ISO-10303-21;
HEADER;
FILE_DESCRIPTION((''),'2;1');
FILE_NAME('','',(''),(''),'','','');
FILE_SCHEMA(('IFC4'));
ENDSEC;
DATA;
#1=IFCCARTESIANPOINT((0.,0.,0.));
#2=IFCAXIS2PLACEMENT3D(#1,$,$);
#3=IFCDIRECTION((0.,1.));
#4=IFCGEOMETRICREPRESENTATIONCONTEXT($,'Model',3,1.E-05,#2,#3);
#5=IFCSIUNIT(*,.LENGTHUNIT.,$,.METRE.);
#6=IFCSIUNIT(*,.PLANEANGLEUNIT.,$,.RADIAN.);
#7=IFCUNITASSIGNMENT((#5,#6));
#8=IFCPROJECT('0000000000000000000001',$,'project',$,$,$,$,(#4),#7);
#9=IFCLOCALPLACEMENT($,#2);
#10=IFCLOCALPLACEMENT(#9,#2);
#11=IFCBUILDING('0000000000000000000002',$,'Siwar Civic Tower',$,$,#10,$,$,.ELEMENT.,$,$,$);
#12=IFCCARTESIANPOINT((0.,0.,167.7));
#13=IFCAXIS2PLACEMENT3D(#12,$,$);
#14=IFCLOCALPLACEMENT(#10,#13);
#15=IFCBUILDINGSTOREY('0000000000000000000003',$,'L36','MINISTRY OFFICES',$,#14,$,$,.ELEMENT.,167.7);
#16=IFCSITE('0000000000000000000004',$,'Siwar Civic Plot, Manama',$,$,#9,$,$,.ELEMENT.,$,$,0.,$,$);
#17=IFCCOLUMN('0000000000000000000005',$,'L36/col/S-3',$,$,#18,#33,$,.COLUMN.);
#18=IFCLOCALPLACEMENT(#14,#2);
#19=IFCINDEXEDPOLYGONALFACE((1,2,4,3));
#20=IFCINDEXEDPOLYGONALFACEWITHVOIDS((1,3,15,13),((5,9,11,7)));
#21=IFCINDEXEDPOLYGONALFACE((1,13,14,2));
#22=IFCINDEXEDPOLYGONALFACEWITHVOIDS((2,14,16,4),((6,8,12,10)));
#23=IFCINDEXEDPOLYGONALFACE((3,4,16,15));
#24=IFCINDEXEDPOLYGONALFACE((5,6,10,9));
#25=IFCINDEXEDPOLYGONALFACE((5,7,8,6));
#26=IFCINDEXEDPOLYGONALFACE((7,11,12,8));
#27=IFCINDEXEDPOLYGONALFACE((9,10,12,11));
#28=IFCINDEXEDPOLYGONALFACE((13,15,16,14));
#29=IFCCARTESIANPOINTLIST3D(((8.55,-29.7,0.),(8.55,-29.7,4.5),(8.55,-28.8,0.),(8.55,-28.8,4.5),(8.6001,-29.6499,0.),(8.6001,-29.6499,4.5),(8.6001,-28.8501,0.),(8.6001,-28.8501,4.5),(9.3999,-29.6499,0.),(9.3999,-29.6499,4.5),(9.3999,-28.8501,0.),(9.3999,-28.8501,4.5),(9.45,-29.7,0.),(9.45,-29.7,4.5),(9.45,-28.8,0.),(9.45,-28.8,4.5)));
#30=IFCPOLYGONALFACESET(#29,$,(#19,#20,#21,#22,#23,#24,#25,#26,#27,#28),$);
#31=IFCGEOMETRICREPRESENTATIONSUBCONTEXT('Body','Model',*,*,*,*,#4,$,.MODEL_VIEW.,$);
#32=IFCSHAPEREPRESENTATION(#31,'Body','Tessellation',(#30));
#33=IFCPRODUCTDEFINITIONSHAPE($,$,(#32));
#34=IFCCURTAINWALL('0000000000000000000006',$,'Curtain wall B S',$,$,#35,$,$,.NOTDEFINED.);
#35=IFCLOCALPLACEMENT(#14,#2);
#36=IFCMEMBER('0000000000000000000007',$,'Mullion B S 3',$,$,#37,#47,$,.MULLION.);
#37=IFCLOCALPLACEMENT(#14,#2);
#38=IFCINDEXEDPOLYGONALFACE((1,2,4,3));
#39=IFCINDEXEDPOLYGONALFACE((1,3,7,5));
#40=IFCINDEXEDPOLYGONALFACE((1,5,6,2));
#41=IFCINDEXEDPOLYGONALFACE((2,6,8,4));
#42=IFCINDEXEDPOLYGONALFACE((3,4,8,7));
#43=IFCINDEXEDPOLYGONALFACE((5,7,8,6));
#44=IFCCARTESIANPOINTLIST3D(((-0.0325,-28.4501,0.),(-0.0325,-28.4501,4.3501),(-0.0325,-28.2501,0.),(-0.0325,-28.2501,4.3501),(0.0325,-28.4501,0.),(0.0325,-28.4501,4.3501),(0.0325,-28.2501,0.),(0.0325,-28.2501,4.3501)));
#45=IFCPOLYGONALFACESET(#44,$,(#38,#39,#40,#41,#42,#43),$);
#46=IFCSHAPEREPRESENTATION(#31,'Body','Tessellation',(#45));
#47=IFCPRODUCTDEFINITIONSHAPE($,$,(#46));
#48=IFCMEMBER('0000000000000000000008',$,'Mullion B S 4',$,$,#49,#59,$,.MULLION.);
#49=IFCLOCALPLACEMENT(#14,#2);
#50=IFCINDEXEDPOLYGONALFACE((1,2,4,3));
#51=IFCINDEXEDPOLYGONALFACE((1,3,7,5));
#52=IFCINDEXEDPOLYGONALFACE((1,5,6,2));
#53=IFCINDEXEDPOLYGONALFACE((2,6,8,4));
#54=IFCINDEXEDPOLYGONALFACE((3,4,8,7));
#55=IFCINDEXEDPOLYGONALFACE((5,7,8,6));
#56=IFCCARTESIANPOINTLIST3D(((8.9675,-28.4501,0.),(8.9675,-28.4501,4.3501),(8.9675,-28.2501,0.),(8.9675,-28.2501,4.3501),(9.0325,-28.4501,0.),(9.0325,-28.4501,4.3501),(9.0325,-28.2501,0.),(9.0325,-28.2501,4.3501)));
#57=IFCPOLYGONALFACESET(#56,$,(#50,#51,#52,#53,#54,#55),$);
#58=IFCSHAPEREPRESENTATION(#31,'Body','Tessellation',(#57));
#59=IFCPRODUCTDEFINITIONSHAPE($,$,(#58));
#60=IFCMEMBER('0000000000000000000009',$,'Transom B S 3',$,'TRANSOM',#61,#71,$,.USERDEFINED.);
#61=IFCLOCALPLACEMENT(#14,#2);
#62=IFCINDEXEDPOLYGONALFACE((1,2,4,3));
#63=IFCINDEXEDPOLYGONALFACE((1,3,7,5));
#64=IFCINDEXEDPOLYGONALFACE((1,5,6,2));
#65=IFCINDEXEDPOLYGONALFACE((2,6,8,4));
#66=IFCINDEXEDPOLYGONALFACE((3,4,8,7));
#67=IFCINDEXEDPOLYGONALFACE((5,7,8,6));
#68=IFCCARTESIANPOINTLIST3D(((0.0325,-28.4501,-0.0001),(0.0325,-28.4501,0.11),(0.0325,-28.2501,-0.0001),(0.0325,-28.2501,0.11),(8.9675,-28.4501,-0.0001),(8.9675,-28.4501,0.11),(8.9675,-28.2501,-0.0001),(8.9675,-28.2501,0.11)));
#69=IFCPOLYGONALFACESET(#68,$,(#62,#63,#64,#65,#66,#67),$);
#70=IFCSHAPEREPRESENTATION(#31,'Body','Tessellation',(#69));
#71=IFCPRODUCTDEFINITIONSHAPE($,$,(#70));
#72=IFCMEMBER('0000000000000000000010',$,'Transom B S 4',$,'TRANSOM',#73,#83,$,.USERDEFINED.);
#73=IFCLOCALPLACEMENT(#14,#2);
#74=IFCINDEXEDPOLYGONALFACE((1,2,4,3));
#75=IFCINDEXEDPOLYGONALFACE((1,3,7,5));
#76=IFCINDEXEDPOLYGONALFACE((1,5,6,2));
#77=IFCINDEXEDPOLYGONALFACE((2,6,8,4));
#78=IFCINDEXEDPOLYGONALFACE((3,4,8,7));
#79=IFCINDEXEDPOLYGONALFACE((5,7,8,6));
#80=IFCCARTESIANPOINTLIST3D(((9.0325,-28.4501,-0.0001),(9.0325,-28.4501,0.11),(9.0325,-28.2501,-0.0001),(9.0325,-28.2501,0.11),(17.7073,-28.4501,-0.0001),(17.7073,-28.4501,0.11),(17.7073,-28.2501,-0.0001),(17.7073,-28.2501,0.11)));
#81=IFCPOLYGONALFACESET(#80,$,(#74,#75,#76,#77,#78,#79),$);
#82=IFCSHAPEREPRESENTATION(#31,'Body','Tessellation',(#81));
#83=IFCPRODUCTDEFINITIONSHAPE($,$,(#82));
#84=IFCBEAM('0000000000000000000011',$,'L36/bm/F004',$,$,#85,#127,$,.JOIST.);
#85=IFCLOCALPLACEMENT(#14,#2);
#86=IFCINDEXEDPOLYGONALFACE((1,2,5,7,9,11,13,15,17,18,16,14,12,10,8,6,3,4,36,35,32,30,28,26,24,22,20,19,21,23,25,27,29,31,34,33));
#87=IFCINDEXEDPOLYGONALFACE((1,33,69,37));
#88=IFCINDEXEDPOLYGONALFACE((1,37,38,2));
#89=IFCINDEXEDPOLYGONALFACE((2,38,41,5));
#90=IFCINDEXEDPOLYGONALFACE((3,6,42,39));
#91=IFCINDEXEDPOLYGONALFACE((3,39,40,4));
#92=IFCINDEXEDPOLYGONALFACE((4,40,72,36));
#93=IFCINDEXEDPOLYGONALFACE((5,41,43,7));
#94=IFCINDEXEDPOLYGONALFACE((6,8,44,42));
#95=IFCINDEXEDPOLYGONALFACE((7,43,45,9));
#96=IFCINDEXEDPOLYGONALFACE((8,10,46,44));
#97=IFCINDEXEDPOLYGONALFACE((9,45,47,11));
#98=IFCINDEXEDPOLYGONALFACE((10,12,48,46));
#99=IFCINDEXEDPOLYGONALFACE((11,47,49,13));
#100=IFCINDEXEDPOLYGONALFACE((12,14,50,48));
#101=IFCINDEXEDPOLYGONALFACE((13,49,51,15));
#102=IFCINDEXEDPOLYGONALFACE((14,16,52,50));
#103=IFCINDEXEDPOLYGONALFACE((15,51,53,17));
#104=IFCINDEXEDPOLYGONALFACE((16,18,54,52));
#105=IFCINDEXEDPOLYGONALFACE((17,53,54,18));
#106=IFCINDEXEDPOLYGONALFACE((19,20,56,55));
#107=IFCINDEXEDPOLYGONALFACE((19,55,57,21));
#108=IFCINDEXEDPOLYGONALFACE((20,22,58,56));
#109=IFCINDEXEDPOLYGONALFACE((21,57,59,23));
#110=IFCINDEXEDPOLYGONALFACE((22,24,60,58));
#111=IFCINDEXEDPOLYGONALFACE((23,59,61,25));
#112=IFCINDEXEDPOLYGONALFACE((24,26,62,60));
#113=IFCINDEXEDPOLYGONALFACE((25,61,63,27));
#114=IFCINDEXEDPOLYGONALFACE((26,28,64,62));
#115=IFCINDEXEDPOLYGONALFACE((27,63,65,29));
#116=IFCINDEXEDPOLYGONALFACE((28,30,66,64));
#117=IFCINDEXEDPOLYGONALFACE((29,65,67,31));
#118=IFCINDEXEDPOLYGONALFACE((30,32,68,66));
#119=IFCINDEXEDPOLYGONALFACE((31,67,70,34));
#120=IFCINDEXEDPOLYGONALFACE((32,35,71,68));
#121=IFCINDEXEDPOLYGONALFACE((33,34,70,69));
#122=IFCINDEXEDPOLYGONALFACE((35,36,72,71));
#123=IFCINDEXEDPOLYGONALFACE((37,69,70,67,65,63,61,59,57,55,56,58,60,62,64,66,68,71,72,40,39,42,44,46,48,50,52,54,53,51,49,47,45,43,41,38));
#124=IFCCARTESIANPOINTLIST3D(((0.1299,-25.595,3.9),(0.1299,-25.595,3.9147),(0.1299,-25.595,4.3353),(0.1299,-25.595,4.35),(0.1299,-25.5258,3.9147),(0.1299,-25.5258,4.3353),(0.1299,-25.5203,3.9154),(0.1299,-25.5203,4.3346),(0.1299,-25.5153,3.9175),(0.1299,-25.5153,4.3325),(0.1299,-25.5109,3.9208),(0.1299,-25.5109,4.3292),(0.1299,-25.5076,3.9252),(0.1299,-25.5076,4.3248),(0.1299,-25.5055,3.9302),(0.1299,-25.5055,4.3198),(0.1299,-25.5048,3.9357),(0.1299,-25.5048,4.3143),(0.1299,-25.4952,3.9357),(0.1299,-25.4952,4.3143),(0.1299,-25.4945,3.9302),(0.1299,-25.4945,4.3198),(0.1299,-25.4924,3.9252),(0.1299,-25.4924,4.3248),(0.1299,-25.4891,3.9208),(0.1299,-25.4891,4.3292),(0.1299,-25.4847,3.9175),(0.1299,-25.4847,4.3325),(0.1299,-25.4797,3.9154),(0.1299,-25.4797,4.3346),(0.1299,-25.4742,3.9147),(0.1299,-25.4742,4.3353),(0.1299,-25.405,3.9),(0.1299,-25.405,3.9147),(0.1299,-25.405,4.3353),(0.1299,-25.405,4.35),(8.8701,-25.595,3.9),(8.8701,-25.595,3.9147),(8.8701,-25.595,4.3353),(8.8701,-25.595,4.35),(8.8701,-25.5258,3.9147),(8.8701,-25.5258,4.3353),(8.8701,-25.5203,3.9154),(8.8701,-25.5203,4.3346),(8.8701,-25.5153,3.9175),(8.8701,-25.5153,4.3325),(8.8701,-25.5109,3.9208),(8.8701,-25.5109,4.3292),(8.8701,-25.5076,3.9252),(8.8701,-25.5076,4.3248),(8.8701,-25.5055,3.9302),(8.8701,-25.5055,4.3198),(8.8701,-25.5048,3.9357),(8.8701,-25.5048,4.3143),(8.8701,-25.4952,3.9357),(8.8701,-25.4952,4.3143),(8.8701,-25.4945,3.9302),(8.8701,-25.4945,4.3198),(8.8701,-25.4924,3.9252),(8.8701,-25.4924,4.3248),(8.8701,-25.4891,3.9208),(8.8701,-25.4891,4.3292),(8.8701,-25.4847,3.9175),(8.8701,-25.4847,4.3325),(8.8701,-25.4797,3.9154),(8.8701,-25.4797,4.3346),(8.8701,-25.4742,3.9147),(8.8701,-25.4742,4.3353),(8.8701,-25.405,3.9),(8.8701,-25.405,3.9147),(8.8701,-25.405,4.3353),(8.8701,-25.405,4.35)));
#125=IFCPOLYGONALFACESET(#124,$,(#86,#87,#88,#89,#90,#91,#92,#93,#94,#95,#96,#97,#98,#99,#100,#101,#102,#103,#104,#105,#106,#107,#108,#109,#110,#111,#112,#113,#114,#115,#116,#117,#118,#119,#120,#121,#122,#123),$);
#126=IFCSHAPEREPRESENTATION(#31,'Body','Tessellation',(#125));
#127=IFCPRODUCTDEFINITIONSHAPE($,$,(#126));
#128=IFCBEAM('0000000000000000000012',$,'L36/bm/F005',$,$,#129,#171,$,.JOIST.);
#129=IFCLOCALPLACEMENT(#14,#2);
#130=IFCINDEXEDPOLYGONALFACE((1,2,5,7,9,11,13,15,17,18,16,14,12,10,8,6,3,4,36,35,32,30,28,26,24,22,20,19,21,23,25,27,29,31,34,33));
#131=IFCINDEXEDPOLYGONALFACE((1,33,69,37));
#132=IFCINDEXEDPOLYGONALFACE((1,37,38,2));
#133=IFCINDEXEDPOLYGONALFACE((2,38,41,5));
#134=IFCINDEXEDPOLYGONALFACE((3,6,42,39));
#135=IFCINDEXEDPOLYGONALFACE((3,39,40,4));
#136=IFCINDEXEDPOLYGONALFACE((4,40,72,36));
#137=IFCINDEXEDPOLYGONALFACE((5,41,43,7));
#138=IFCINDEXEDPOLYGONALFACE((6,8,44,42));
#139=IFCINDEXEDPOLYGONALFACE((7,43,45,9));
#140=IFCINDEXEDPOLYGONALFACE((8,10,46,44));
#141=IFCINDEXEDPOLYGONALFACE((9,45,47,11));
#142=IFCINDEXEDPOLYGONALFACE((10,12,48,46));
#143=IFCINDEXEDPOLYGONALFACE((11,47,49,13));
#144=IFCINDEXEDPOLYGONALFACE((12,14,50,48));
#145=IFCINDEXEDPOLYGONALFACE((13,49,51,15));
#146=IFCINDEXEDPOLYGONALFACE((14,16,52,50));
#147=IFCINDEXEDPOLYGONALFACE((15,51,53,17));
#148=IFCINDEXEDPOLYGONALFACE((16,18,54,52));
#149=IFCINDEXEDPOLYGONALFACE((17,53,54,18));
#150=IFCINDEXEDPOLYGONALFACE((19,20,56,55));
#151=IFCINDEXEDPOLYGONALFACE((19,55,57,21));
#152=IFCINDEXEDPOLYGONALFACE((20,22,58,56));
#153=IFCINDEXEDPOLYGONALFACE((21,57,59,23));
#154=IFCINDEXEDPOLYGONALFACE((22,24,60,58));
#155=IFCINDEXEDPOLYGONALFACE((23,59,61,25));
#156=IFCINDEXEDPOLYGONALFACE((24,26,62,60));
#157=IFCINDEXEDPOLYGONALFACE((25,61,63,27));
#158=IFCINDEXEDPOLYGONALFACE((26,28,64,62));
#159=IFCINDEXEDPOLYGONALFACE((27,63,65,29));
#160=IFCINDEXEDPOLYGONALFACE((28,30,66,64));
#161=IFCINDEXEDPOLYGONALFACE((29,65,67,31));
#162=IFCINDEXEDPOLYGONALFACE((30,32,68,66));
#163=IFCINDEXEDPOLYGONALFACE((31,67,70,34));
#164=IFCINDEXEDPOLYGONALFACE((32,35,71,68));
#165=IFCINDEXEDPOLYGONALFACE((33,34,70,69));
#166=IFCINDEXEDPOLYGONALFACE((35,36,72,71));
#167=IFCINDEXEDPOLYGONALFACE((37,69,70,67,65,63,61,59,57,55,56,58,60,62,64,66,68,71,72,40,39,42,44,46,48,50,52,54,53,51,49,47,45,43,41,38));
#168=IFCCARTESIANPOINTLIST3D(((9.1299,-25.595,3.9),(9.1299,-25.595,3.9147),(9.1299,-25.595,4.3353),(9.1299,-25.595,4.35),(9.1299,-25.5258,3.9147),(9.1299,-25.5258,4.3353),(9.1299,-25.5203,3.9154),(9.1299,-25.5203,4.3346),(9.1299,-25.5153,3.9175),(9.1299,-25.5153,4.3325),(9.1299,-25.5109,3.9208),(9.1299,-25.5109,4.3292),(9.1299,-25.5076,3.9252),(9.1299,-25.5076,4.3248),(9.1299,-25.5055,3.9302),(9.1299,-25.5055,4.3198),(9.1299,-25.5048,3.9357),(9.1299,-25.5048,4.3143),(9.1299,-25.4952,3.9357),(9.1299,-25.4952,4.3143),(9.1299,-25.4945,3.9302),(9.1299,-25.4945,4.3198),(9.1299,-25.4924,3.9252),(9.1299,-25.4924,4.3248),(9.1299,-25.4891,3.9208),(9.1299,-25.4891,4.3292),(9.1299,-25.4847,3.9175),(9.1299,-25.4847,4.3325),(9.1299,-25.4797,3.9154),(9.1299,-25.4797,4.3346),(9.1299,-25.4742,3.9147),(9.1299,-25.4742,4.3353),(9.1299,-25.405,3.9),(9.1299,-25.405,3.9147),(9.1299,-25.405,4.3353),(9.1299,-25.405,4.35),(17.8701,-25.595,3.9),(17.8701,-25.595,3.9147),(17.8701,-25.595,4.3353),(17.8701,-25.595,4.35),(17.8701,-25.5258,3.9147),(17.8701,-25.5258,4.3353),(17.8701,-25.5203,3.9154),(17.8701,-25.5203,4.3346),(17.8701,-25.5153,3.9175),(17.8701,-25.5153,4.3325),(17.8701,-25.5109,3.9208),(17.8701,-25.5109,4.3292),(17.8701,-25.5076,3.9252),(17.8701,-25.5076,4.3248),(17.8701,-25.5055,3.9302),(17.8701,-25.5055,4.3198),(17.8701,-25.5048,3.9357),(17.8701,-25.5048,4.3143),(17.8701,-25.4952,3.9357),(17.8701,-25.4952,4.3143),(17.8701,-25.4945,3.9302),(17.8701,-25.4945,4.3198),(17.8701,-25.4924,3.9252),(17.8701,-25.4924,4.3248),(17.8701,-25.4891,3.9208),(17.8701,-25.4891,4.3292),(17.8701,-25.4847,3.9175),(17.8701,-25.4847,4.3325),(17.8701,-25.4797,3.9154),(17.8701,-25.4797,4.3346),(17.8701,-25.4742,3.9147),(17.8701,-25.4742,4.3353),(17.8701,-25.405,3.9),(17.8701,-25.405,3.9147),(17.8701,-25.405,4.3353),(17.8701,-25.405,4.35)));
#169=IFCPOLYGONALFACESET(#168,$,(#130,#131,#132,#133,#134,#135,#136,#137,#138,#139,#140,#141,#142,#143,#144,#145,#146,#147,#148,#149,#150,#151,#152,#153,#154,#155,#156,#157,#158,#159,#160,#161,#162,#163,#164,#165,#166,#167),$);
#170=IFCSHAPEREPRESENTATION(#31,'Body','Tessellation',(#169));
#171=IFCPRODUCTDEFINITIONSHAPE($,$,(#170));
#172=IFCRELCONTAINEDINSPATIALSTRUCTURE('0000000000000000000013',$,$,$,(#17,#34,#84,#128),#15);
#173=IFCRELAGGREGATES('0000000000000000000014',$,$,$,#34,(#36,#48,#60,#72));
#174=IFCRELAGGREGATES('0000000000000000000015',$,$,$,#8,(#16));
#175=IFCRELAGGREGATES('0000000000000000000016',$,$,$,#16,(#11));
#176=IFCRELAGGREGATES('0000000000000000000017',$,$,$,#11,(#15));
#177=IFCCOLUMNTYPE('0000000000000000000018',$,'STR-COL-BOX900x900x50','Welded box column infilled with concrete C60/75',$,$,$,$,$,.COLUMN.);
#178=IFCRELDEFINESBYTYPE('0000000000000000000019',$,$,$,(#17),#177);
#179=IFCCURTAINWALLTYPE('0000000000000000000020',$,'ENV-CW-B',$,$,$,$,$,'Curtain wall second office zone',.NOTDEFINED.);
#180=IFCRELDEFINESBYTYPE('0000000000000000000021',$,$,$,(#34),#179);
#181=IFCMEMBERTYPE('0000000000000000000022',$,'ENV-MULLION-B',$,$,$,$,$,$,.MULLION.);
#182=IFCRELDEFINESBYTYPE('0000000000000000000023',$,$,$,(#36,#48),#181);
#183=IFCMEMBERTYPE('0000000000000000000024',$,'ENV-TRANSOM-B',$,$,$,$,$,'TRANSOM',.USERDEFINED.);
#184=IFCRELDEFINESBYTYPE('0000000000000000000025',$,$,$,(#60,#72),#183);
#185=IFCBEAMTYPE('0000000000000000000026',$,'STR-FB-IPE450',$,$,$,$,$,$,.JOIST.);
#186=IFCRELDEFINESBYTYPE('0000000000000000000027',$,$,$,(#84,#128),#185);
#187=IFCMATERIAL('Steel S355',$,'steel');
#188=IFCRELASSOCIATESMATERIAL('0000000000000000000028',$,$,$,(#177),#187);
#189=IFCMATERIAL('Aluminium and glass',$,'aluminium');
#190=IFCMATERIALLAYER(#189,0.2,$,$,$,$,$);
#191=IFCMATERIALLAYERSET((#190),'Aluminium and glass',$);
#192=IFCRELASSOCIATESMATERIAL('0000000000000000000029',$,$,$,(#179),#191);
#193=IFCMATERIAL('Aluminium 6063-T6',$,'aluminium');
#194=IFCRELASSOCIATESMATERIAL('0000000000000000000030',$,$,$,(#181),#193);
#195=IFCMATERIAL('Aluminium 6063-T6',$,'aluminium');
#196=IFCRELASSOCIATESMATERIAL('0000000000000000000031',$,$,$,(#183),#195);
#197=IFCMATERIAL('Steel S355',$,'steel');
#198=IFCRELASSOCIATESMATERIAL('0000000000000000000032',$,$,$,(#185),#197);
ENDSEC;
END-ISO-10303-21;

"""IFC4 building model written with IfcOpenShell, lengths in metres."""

from ifc_helpers import new_model, si_unit, direction, frame, origin, origin_2d, place, context, subcontext, project, spatial, rectangle, hollow_rectangle, i_section, extrude, material, layer, layer_set, material_profile, profile_set, type_object, element, aggregate, save


model = new_model("IFC4")

# Units and contexts
model_context = context("Model", 3, precision=1e-05, world=origin(), true_north=direction((0.0, 1.0)))
body_context = subcontext(model_context, "Body", "Model", "MODEL_VIEW")
ifc_project = project(units=[si_unit("LENGTHUNIT", "METRE"), si_unit("PLANEANGLEUNIT", "RADIAN")], contexts=[model_context])

# Site, building, storey
site_placement = place(None, origin())
site = spatial("IfcSite", under=ifc_project, at=site_placement, Name="Siwar Civic Plot, Manama", CompositionType="ELEMENT", RefElevation=0.0)
building_placement = place(site_placement, origin())
building = spatial("IfcBuilding", under=site, at=building_placement, Name="Siwar Civic Tower", CompositionType="ELEMENT")
storey_placement = place(building_placement, frame((0.0, 0.0, 167.7)))
storey = spatial("IfcBuildingStorey", under=building, at=storey_placement, Name="L36", Description="MINISTRY OFFICES", CompositionType="ELEMENT", Elevation=167.7)

# Column
ifc_material_1 = material(Name="Steel S355", Category="steel")
ifc_material_profile_1 = material_profile(ifc_material_1, hollow_rectangle(XDim=0.8999, YDim=0.8999, WallThickness=0.05, at=origin_2d()), Name="BOX900x900x50")
ifc_profile_set_1 = profile_set([ifc_material_profile_1], Name="Steel S355")
column_type = type_object("IfcColumnType", Name="STR-COL-BOX900x900x50", Description="Welded box column infilled with concrete C60/75", PredefinedType="COLUMN", material=ifc_profile_set_1)
column_placement = place(storey_placement, frame((9.0, -29.25, 0.0), z_axis=(0.0, 0.0, 1.0), x_axis=(1.0, 0.0, 0.0)))
element("IfcColumn", 1, at=column_placement, inside=storey, type_object=column_type, Name="L36/col/S-3", PredefinedType="COLUMN", context=body_context, shape_type="SweptSolid", body=[
    extrude(hollow_rectangle(XDim=0.8999, YDim=0.8999, WallThickness=0.05, at=origin_2d()), origin(), (0.0, 0.0, 1.0), 4.5),
])

# Curtain wall, members
ifc_material_2 = material(Name="Aluminium and glass", Category="aluminium")
ifc_layer_1 = layer(ifc_material_2, 0.2)
ifc_layer_set_1 = layer_set([ifc_layer_1], Name="Aluminium and glass")
curtain_wall_type = type_object("IfcCurtainWallType", Name="ENV-CW-B", ElementType="Curtain wall second office zone", PredefinedType="NOTDEFINED", material=ifc_layer_set_1)
curtain_wall_placement = place(storey_placement, origin())
curtain_wall = element("IfcCurtainWall", 2, at=curtain_wall_placement, inside=storey, type_object=curtain_wall_type, Name="Curtain wall B S", PredefinedType="NOTDEFINED")
ifc_material_3 = material(Name="Aluminium 6063-T6", Category="aluminium")
ifc_material_profile_2 = material_profile(ifc_material_3, rectangle(XDim=0.2, YDim=0.0649, at=origin_2d()), Name="AL 200x65")
ifc_profile_set_2 = profile_set([ifc_material_profile_2], Name="Aluminium 6063-T6")
member_type_1 = type_object("IfcMemberType", Name="ENV-MULLION-B", PredefinedType="MULLION", material=ifc_profile_set_2)
member_1_placement = place(storey_placement, frame((0.0, -28.3501, 0.0), z_axis=(0.0, 0.0, 1.0), x_axis=(0.0, 1.0, 0.0)))
member_1 = element("IfcMember", 3, at=member_1_placement, type_object=member_type_1, Name="Mullion B S 3", PredefinedType="MULLION", context=body_context, shape_type="SweptSolid", body=[
    extrude(rectangle(XDim=0.2, YDim=0.0649, at=origin_2d()), origin(), (0.0, 0.0, 1.0), 4.3501),
])
member_2_placement = place(storey_placement, frame((9.0, -28.3501, 0.0), z_axis=(0.0, 0.0, 1.0), x_axis=(0.0, 1.0, 0.0)))
member_2 = element("IfcMember", 4, at=member_2_placement, type_object=member_type_1, Name="Mullion B S 4", PredefinedType="MULLION", context=body_context, shape_type="SweptSolid", body=[
    extrude(rectangle(XDim=0.2, YDim=0.0649, at=origin_2d()), origin(), (0.0, 0.0, 1.0), 4.3501),
])
ifc_material_4 = material(Name="Aluminium 6063-T6", Category="aluminium")
ifc_material_profile_3 = material_profile(ifc_material_4, rectangle(XDim=0.2, YDim=0.1101, at=origin_2d()), Name="AL 200x110")
ifc_profile_set_3 = profile_set([ifc_material_profile_3], Name="Aluminium 6063-T6")
member_type_2 = type_object("IfcMemberType", Name="ENV-TRANSOM-B", ElementType="TRANSOM", PredefinedType="USERDEFINED", material=ifc_profile_set_3)
member_3_placement = place(storey_placement, frame((0.0325, -28.3501, 0.0549), z_axis=(1.0, 0.0, 0.0), x_axis=(0.0, 1.0, 0.0)))
member_3 = element("IfcMember", 5, at=member_3_placement, type_object=member_type_2, Name="Transom B S 3", ObjectType="TRANSOM", PredefinedType="USERDEFINED", context=body_context, shape_type="SweptSolid", body=[
    extrude(rectangle(XDim=0.2, YDim=0.1101, at=origin_2d()), origin(), (0.0, 0.0, 1.0), 8.9351),
])
member_4_placement = place(storey_placement, frame((9.0325, -28.3501, 0.0549), z_axis=(1.0, 0.0, 0.0), x_axis=(0.0, 1.0, 0.0)))
member_4 = element("IfcMember", 6, at=member_4_placement, type_object=member_type_2, Name="Transom B S 4", ObjectType="TRANSOM", PredefinedType="USERDEFINED", context=body_context, shape_type="SweptSolid", body=[
    extrude(rectangle(XDim=0.2, YDim=0.1101, at=origin_2d()), origin(), (0.0, 0.0, 1.0), 8.6748),
])

# Beams
ifc_material_5 = material(Name="Steel S355", Category="steel")
ifc_material_profile_4 = material_profile(ifc_material_5, i_section(OverallWidth=0.1899, OverallDepth=0.45, WebThickness=0.0095, FlangeThickness=0.0146, FilletRadius=0.021, at=origin_2d()), Name="IPE450")
ifc_profile_set_4 = profile_set([ifc_material_profile_4], Name="Steel S355")
beam_type_1 = type_object("IfcBeamType", Name="STR-FB-IPE450", PredefinedType="JOIST", material=ifc_profile_set_4)
for number, where, z_axis, x_axis, name in (
    (7, (0.1299, -25.5, 4.125), (1.0, 0.0, 0.0), (0.0, 1.0, 0.0), "L36/bm/F004"),
    (8, (9.1299, -25.5, 4.125), (1.0, 0.0, 0.0), (0.0, 1.0, 0.0), "L36/bm/F005"),
):
    element("IfcBeam", number, at=place(storey_placement, frame(where, z_axis=z_axis, x_axis=x_axis)), inside=storey, type_object=beam_type_1, Name=name, PredefinedType="JOIST", context=body_context, shape_type="SweptSolid", body=[
        extrude(i_section(OverallWidth=0.1899, OverallDepth=0.45, WebThickness=0.0095, FlangeThickness=0.0146, FilletRadius=0.021, at=origin_2d()), origin(), (0.0, 0.0, 1.0), 8.7402),
    ])

aggregate(curtain_wall, [member_1, member_2, member_3, member_4])

save(model, "model.ifc")
